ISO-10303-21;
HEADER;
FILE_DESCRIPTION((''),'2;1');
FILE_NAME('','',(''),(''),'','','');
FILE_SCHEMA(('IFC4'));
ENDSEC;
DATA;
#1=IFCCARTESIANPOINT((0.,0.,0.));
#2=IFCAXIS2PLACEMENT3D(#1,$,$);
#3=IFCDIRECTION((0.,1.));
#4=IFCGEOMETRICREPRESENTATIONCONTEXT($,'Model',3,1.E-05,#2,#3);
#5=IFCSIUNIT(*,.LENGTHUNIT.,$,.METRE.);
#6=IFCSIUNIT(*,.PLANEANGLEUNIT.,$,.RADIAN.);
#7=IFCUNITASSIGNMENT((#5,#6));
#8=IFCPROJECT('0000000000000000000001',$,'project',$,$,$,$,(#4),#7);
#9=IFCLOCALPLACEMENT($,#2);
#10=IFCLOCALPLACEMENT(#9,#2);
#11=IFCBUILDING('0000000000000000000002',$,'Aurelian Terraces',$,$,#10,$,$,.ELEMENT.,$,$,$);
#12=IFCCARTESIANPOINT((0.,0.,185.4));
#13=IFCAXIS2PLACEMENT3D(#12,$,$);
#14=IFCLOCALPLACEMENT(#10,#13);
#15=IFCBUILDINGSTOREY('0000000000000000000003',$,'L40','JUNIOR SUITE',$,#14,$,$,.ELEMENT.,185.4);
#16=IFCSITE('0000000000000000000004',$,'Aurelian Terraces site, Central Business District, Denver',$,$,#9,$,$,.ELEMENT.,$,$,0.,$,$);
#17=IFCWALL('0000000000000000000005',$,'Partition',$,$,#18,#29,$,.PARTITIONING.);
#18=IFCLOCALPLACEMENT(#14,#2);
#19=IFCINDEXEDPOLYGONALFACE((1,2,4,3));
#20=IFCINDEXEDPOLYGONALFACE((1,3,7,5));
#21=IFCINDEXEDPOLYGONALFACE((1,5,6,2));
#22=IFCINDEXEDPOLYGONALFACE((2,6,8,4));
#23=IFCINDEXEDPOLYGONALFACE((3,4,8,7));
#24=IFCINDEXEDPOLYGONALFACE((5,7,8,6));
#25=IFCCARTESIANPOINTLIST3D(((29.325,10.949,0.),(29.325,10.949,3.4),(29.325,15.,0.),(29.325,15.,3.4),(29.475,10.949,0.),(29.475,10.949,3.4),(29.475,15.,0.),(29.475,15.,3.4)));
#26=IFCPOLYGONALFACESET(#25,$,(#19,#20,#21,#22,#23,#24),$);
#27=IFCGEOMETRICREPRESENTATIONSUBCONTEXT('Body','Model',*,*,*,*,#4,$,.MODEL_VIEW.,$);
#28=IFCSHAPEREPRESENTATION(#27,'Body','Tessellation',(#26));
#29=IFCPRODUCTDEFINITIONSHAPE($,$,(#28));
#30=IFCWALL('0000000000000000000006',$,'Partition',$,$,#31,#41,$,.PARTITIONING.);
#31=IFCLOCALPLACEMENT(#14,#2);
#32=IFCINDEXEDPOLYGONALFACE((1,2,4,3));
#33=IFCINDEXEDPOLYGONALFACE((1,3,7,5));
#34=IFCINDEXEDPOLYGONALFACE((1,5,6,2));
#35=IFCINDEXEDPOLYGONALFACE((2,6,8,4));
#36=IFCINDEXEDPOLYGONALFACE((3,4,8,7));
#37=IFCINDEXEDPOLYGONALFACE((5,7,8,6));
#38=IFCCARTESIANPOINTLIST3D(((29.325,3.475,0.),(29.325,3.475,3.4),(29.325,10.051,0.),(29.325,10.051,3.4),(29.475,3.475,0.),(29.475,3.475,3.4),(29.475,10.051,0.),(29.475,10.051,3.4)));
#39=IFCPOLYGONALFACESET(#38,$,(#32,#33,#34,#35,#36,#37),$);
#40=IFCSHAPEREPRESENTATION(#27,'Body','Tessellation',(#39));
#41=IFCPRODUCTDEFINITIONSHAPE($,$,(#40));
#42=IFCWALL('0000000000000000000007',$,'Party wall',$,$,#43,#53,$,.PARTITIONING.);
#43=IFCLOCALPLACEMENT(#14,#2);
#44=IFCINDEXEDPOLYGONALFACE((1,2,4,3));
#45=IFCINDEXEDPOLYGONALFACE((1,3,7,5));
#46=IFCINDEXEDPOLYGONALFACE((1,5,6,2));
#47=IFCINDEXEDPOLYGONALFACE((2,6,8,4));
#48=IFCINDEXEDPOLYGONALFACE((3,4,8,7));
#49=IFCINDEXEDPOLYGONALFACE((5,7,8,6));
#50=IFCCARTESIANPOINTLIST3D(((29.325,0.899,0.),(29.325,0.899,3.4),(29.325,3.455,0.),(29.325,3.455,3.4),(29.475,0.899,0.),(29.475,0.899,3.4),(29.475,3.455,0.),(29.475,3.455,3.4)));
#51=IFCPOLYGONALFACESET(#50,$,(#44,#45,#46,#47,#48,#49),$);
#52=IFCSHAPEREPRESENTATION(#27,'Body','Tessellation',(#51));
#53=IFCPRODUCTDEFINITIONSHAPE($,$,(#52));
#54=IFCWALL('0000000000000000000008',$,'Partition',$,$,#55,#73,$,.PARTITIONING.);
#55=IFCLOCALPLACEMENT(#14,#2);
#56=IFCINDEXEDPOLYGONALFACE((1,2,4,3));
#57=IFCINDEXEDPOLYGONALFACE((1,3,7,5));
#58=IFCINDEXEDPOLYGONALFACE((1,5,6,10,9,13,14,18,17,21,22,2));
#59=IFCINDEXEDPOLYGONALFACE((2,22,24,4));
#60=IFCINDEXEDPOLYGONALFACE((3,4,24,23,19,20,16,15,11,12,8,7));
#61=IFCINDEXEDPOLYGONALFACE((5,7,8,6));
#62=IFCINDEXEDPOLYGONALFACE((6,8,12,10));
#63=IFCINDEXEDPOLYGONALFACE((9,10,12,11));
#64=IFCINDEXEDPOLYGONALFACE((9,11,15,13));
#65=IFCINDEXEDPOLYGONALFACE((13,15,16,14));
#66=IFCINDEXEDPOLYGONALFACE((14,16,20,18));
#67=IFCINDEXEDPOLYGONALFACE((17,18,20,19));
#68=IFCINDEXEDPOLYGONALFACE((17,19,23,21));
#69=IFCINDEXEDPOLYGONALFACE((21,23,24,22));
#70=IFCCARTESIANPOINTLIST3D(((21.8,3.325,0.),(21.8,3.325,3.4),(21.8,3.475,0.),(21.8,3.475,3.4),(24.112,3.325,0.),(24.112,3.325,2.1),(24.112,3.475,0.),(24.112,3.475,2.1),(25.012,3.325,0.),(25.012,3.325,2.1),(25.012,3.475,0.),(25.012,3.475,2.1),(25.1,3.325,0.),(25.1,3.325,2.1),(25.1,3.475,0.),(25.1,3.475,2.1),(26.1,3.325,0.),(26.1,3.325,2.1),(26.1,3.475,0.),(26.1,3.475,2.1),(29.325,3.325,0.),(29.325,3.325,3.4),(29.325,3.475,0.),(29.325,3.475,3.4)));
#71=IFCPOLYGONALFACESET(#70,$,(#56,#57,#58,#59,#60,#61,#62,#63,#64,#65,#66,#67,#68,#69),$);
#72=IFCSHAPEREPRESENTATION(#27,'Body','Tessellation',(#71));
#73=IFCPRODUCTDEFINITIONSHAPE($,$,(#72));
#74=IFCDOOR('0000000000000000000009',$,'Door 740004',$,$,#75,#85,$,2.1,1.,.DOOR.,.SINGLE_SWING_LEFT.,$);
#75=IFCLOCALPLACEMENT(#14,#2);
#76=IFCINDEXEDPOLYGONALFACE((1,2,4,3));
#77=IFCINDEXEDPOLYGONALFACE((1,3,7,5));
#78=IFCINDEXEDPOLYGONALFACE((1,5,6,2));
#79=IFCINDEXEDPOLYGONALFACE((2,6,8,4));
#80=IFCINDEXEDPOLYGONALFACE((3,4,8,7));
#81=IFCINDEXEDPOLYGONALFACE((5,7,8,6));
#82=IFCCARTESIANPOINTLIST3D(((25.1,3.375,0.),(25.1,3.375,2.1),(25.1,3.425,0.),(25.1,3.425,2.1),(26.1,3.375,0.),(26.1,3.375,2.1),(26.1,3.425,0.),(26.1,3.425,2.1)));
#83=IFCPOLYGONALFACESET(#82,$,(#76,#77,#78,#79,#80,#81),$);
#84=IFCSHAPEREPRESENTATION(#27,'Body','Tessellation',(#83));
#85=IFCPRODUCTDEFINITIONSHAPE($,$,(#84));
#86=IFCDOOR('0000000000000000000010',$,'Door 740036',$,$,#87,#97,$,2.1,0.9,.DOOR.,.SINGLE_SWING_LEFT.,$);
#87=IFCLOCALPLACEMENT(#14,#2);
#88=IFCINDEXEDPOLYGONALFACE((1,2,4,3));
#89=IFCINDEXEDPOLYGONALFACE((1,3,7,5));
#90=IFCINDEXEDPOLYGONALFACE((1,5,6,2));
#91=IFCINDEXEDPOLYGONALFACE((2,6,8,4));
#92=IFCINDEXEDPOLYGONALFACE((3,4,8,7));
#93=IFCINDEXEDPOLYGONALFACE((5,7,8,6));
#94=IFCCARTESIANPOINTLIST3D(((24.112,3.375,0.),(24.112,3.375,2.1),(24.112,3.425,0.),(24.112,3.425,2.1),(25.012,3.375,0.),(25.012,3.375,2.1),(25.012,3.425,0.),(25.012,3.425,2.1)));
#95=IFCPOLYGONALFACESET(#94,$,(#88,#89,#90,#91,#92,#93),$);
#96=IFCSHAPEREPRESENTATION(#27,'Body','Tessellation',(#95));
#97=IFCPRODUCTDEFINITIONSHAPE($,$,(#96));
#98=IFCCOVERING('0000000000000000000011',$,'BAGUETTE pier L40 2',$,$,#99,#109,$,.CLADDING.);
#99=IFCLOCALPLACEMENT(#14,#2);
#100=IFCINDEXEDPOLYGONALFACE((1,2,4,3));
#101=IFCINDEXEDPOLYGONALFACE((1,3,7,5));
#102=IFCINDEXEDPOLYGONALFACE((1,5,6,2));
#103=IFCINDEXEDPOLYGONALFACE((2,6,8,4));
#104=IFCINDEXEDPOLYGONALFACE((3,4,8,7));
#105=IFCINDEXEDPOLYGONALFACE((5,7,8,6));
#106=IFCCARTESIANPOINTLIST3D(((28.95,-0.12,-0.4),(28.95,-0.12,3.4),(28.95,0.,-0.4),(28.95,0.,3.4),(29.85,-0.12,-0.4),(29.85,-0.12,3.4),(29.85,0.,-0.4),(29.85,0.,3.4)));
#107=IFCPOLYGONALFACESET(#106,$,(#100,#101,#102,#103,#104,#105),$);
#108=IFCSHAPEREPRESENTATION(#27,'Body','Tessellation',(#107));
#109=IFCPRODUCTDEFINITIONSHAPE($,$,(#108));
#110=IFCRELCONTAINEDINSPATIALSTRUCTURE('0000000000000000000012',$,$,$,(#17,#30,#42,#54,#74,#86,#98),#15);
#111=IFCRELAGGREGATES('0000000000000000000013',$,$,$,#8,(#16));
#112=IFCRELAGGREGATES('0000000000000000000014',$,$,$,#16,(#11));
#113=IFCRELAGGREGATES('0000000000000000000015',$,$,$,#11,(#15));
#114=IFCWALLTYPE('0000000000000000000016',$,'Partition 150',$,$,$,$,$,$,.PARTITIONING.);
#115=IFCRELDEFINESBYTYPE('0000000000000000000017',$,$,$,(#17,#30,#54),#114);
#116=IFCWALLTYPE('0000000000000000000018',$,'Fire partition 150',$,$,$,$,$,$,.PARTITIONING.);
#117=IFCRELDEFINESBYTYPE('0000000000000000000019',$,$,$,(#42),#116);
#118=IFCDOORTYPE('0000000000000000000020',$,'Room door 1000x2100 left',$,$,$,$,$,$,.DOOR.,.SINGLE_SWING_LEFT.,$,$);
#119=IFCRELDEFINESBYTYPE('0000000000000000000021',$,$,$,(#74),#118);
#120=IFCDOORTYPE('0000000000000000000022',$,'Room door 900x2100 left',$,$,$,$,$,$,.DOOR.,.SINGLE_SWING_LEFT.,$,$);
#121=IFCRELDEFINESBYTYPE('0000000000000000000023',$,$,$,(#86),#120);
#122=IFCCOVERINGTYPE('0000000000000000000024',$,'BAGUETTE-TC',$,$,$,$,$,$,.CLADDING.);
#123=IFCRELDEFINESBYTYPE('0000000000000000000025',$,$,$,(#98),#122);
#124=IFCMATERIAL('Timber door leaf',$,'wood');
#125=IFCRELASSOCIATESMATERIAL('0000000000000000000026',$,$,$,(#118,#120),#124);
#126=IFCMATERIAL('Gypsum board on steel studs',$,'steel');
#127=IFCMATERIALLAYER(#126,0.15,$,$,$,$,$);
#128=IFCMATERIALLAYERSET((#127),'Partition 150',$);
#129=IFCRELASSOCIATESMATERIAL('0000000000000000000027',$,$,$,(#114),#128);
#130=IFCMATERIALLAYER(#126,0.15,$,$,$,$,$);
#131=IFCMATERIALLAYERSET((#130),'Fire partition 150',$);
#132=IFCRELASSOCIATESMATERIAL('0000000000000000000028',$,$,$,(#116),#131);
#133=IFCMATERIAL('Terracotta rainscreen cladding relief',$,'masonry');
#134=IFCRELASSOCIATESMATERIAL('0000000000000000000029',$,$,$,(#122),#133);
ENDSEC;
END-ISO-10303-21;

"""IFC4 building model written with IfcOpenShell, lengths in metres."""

from ifc_helpers import new_model, si_unit, direction, frame, frame_2d, origin, origin_2d, place, context, subcontext, project, spatial, rectangle, extrude, source, transform, mapped, material, layer, layer_set, type_object, element, fill, save


model = new_model("IFC4")

# Units and contexts
model_context = context("Model", 3, precision=1e-05, world=origin(), true_north=direction((0.0, 1.0)))
body_context = subcontext(model_context, "Body", "Model", "MODEL_VIEW")
ifc_project = project(units=[si_unit("LENGTHUNIT", "METRE"), si_unit("PLANEANGLEUNIT", "RADIAN")], contexts=[model_context])

# Site, building, storey
site_placement = place(None, origin())
site = spatial("IfcSite", under=ifc_project, at=site_placement, Name="Aurelian Terraces site, Central Business District, Denver", CompositionType="ELEMENT", RefElevation=0.0)
building_placement = place(site_placement, origin())
building = spatial("IfcBuilding", under=site, at=building_placement, Name="Aurelian Terraces", CompositionType="ELEMENT")
storey_placement = place(building_placement, frame((0.0, 0.0, 185.4)))
storey = spatial("IfcBuildingStorey", under=building, at=storey_placement, Name="L40", Description="JUNIOR SUITE", CompositionType="ELEMENT", Elevation=185.4)

# Shared definitions
ifc_material_1 = material(Name="Timber door leaf", Category="wood")
door_type_1 = type_object("IfcDoorType", Name="Room door 1000x2100 left", OperationType="SINGLE_SWING_LEFT", PredefinedType="DOOR", material=ifc_material_1)
shared_shape_1 = source(origin(), body_context, "Body", "SweptSolid", [
    extrude(rectangle(XDim=1.0, YDim=2.1, at=frame_2d((0.5, 1.05))), frame((0.0, 0.025, 0.0), z_axis=(0.0, -1.0, 0.0), x_axis=(1.0, 0.0, 0.0)), (0.0, 0.0, 1.0), 0.05),
])

# Walls
ifc_material_2 = material(Name="Gypsum board on steel studs", Category="steel")
ifc_layer_1 = layer(ifc_material_2, 0.15)
ifc_layer_set_1 = layer_set([ifc_layer_1], Name="Partition 150")
wall_type_1 = type_object("IfcWallType", Name="Partition 150", PredefinedType="PARTITIONING", material=ifc_layer_set_1)
shared_shape_2 = source(origin(), body_context, "Body", "SweptSolid", [
    extrude(rectangle(XDim=4.051, YDim=0.15, at=frame_2d((2.0255, 0.0))), origin(), (0.0, 0.0, 1.0), 3.4),
])
wall_1_placement = place(storey_placement, frame((29.4, 10.949, 0.0), z_axis=(0.0, 0.0, 1.0), x_axis=(0.0, 1.0, 0.0)))
element("IfcWall", 1, at=wall_1_placement, inside=storey, type_object=wall_type_1, Name="Partition", PredefinedType="PARTITIONING", context=body_context, shape_type="MappedRepresentation", body=[
    mapped(shared_shape_2, transform((0.0, 0.0, 0.0), scale=1.0)),
])
shared_shape_3 = source(origin(), body_context, "Body", "SweptSolid", [
    extrude(rectangle(XDim=6.576, YDim=0.15, at=frame_2d((3.288, 0.0))), origin(), (0.0, 0.0, 1.0), 3.4),
])
wall_2_placement = place(storey_placement, frame((29.4, 3.475, 0.0), z_axis=(0.0, 0.0, 1.0), x_axis=(0.0, 1.0, 0.0)))
element("IfcWall", 2, at=wall_2_placement, inside=storey, type_object=wall_type_1, Name="Partition", PredefinedType="PARTITIONING", context=body_context, shape_type="MappedRepresentation", body=[
    mapped(shared_shape_3, transform((0.0, 0.0, 0.0), scale=1.0)),
])
ifc_layer_2 = layer(ifc_material_2, 0.15)
ifc_layer_set_2 = layer_set([ifc_layer_2], Name="Fire partition 150")
wall_type_2 = type_object("IfcWallType", Name="Fire partition 150", PredefinedType="PARTITIONING", material=ifc_layer_set_2)
shared_shape_4 = source(origin(), body_context, "Body", "SweptSolid", [
    extrude(rectangle(XDim=2.556, YDim=0.15, at=frame_2d((1.278, 0.0))), origin(), (0.0, 0.0, 1.0), 3.4),
])
wall_3_placement = place(storey_placement, frame((29.4, 0.899, 0.0), z_axis=(0.0, 0.0, 1.0), x_axis=(0.0, 1.0, 0.0)))
element("IfcWall", 3, at=wall_3_placement, inside=storey, type_object=wall_type_2, Name="Party wall", PredefinedType="PARTITIONING", context=body_context, shape_type="MappedRepresentation", body=[
    mapped(shared_shape_4, transform((0.0, 0.0, 0.0), scale=1.0)),
])

# Wall, openings, doors
shared_shape_5 = source(origin(), body_context, "Body", "SweptSolid", [
    extrude(rectangle(XDim=7.525, YDim=0.15, at=frame_2d((3.7625, 0.0))), origin(), (0.0, 0.0, 1.0), 3.4),
])
wall_4_placement = place(storey_placement, frame((21.8, 3.4, 0.0), z_axis=(0.0, 0.0, 1.0), x_axis=(1.0, 0.0, 0.0)))
wall_4 = element("IfcWall", 4, at=wall_4_placement, inside=storey, type_object=wall_type_1, Name="Partition", PredefinedType="PARTITIONING", context=body_context, shape_type="MappedRepresentation", body=[
    mapped(shared_shape_5, transform((0.0, 0.0, 0.0), scale=1.0)),
])
shared_shape_6 = source(origin(), body_context, "Body", "SweptSolid", [
    extrude(rectangle(XDim=1.0, YDim=2.1, at=frame_2d((0.5, 1.05))), frame((0.0, 0.085, 0.0), z_axis=(0.0, -1.0, 0.0), x_axis=(1.0, 0.0, 0.0)), (0.0, 0.0, 1.0), 0.17),
])
opening_1_placement = place(wall_4_placement, frame((3.3, 0.0, 0.0)))
opening_1 = element("IfcOpeningElement", 5, at=opening_1_placement, cuts=wall_4, PredefinedType="OPENING", context=body_context, shape_type="MappedRepresentation", body=[
    mapped(shared_shape_6, transform((0.0, 0.0, 0.0), scale=1.0)),
])
shared_shape_7 = source(origin(), body_context, "Body", "SweptSolid", [
    extrude(rectangle(XDim=0.9, YDim=2.1, at=frame_2d((0.45, 1.05))), frame((0.0, 0.085, 0.0), z_axis=(0.0, -1.0, 0.0), x_axis=(1.0, 0.0, 0.0)), (0.0, 0.0, 1.0), 0.17),
])
opening_2_placement = place(wall_4_placement, frame((2.312, 0.0, 0.0)))
opening_2 = element("IfcOpeningElement", 6, at=opening_2_placement, cuts=wall_4, PredefinedType="OPENING", context=body_context, shape_type="MappedRepresentation", body=[
    mapped(shared_shape_7, transform((0.0, 0.0, 0.0), scale=1.0)),
])
door_1_placement = place(opening_1_placement, origin())
door_1 = element("IfcDoor", 7, at=door_1_placement, inside=storey, type_object=door_type_1, Name="Door 740004", OperationType="SINGLE_SWING_LEFT", OverallHeight=2.1, OverallWidth=1.0, PredefinedType="DOOR", context=body_context, shape_type="MappedRepresentation", body=[
    mapped(shared_shape_1, transform((0.0, 0.0, 0.0), scale=1.0)),
])
fill(opening_1, door_1)
door_type_2 = type_object("IfcDoorType", Name="Room door 900x2100 left", OperationType="SINGLE_SWING_LEFT", PredefinedType="DOOR", material=ifc_material_1)
shared_shape_8 = source(origin(), body_context, "Body", "SweptSolid", [
    extrude(rectangle(XDim=0.9, YDim=2.1, at=frame_2d((0.45, 1.05))), frame((0.0, 0.025, 0.0), z_axis=(0.0, -1.0, 0.0), x_axis=(1.0, 0.0, 0.0)), (0.0, 0.0, 1.0), 0.05),
])
door_2_placement = place(opening_2_placement, origin())
door_2 = element("IfcDoor", 8, at=door_2_placement, inside=storey, type_object=door_type_2, Name="Door 740036", OperationType="SINGLE_SWING_LEFT", OverallHeight=2.1, OverallWidth=0.9, PredefinedType="DOOR", context=body_context, shape_type="MappedRepresentation", body=[
    mapped(shared_shape_8, transform((0.0, 0.0, 0.0), scale=1.0)),
])
fill(opening_2, door_2)

# Covering
ifc_material_3 = material(Name="Terracotta rainscreen cladding relief", Category="masonry")
covering_type = type_object("IfcCoveringType", Name="BAGUETTE-TC", PredefinedType="CLADDING", material=ifc_material_3)
shared_shape_9 = source(origin(), body_context, "Body", "SweptSolid", [
    extrude(rectangle(XDim=0.9, YDim=0.12, at=origin_2d()), origin(), (0.0, 0.0, 1.0), 3.8),
])
covering_placement = place(storey_placement, frame((29.4, -0.06, -0.4), z_axis=(0.0, 0.0, 1.0), x_axis=(1.0, 0.0, 0.0)))
element("IfcCovering", 9, at=covering_placement, inside=storey, type_object=covering_type, Name="BAGUETTE pier L40 2", PredefinedType="CLADDING", context=body_context, shape_type="MappedRepresentation", body=[
    mapped(shared_shape_9, transform((0.0, 0.0, 0.0), scale=1.0)),
])

save(model, "model.ifc")
